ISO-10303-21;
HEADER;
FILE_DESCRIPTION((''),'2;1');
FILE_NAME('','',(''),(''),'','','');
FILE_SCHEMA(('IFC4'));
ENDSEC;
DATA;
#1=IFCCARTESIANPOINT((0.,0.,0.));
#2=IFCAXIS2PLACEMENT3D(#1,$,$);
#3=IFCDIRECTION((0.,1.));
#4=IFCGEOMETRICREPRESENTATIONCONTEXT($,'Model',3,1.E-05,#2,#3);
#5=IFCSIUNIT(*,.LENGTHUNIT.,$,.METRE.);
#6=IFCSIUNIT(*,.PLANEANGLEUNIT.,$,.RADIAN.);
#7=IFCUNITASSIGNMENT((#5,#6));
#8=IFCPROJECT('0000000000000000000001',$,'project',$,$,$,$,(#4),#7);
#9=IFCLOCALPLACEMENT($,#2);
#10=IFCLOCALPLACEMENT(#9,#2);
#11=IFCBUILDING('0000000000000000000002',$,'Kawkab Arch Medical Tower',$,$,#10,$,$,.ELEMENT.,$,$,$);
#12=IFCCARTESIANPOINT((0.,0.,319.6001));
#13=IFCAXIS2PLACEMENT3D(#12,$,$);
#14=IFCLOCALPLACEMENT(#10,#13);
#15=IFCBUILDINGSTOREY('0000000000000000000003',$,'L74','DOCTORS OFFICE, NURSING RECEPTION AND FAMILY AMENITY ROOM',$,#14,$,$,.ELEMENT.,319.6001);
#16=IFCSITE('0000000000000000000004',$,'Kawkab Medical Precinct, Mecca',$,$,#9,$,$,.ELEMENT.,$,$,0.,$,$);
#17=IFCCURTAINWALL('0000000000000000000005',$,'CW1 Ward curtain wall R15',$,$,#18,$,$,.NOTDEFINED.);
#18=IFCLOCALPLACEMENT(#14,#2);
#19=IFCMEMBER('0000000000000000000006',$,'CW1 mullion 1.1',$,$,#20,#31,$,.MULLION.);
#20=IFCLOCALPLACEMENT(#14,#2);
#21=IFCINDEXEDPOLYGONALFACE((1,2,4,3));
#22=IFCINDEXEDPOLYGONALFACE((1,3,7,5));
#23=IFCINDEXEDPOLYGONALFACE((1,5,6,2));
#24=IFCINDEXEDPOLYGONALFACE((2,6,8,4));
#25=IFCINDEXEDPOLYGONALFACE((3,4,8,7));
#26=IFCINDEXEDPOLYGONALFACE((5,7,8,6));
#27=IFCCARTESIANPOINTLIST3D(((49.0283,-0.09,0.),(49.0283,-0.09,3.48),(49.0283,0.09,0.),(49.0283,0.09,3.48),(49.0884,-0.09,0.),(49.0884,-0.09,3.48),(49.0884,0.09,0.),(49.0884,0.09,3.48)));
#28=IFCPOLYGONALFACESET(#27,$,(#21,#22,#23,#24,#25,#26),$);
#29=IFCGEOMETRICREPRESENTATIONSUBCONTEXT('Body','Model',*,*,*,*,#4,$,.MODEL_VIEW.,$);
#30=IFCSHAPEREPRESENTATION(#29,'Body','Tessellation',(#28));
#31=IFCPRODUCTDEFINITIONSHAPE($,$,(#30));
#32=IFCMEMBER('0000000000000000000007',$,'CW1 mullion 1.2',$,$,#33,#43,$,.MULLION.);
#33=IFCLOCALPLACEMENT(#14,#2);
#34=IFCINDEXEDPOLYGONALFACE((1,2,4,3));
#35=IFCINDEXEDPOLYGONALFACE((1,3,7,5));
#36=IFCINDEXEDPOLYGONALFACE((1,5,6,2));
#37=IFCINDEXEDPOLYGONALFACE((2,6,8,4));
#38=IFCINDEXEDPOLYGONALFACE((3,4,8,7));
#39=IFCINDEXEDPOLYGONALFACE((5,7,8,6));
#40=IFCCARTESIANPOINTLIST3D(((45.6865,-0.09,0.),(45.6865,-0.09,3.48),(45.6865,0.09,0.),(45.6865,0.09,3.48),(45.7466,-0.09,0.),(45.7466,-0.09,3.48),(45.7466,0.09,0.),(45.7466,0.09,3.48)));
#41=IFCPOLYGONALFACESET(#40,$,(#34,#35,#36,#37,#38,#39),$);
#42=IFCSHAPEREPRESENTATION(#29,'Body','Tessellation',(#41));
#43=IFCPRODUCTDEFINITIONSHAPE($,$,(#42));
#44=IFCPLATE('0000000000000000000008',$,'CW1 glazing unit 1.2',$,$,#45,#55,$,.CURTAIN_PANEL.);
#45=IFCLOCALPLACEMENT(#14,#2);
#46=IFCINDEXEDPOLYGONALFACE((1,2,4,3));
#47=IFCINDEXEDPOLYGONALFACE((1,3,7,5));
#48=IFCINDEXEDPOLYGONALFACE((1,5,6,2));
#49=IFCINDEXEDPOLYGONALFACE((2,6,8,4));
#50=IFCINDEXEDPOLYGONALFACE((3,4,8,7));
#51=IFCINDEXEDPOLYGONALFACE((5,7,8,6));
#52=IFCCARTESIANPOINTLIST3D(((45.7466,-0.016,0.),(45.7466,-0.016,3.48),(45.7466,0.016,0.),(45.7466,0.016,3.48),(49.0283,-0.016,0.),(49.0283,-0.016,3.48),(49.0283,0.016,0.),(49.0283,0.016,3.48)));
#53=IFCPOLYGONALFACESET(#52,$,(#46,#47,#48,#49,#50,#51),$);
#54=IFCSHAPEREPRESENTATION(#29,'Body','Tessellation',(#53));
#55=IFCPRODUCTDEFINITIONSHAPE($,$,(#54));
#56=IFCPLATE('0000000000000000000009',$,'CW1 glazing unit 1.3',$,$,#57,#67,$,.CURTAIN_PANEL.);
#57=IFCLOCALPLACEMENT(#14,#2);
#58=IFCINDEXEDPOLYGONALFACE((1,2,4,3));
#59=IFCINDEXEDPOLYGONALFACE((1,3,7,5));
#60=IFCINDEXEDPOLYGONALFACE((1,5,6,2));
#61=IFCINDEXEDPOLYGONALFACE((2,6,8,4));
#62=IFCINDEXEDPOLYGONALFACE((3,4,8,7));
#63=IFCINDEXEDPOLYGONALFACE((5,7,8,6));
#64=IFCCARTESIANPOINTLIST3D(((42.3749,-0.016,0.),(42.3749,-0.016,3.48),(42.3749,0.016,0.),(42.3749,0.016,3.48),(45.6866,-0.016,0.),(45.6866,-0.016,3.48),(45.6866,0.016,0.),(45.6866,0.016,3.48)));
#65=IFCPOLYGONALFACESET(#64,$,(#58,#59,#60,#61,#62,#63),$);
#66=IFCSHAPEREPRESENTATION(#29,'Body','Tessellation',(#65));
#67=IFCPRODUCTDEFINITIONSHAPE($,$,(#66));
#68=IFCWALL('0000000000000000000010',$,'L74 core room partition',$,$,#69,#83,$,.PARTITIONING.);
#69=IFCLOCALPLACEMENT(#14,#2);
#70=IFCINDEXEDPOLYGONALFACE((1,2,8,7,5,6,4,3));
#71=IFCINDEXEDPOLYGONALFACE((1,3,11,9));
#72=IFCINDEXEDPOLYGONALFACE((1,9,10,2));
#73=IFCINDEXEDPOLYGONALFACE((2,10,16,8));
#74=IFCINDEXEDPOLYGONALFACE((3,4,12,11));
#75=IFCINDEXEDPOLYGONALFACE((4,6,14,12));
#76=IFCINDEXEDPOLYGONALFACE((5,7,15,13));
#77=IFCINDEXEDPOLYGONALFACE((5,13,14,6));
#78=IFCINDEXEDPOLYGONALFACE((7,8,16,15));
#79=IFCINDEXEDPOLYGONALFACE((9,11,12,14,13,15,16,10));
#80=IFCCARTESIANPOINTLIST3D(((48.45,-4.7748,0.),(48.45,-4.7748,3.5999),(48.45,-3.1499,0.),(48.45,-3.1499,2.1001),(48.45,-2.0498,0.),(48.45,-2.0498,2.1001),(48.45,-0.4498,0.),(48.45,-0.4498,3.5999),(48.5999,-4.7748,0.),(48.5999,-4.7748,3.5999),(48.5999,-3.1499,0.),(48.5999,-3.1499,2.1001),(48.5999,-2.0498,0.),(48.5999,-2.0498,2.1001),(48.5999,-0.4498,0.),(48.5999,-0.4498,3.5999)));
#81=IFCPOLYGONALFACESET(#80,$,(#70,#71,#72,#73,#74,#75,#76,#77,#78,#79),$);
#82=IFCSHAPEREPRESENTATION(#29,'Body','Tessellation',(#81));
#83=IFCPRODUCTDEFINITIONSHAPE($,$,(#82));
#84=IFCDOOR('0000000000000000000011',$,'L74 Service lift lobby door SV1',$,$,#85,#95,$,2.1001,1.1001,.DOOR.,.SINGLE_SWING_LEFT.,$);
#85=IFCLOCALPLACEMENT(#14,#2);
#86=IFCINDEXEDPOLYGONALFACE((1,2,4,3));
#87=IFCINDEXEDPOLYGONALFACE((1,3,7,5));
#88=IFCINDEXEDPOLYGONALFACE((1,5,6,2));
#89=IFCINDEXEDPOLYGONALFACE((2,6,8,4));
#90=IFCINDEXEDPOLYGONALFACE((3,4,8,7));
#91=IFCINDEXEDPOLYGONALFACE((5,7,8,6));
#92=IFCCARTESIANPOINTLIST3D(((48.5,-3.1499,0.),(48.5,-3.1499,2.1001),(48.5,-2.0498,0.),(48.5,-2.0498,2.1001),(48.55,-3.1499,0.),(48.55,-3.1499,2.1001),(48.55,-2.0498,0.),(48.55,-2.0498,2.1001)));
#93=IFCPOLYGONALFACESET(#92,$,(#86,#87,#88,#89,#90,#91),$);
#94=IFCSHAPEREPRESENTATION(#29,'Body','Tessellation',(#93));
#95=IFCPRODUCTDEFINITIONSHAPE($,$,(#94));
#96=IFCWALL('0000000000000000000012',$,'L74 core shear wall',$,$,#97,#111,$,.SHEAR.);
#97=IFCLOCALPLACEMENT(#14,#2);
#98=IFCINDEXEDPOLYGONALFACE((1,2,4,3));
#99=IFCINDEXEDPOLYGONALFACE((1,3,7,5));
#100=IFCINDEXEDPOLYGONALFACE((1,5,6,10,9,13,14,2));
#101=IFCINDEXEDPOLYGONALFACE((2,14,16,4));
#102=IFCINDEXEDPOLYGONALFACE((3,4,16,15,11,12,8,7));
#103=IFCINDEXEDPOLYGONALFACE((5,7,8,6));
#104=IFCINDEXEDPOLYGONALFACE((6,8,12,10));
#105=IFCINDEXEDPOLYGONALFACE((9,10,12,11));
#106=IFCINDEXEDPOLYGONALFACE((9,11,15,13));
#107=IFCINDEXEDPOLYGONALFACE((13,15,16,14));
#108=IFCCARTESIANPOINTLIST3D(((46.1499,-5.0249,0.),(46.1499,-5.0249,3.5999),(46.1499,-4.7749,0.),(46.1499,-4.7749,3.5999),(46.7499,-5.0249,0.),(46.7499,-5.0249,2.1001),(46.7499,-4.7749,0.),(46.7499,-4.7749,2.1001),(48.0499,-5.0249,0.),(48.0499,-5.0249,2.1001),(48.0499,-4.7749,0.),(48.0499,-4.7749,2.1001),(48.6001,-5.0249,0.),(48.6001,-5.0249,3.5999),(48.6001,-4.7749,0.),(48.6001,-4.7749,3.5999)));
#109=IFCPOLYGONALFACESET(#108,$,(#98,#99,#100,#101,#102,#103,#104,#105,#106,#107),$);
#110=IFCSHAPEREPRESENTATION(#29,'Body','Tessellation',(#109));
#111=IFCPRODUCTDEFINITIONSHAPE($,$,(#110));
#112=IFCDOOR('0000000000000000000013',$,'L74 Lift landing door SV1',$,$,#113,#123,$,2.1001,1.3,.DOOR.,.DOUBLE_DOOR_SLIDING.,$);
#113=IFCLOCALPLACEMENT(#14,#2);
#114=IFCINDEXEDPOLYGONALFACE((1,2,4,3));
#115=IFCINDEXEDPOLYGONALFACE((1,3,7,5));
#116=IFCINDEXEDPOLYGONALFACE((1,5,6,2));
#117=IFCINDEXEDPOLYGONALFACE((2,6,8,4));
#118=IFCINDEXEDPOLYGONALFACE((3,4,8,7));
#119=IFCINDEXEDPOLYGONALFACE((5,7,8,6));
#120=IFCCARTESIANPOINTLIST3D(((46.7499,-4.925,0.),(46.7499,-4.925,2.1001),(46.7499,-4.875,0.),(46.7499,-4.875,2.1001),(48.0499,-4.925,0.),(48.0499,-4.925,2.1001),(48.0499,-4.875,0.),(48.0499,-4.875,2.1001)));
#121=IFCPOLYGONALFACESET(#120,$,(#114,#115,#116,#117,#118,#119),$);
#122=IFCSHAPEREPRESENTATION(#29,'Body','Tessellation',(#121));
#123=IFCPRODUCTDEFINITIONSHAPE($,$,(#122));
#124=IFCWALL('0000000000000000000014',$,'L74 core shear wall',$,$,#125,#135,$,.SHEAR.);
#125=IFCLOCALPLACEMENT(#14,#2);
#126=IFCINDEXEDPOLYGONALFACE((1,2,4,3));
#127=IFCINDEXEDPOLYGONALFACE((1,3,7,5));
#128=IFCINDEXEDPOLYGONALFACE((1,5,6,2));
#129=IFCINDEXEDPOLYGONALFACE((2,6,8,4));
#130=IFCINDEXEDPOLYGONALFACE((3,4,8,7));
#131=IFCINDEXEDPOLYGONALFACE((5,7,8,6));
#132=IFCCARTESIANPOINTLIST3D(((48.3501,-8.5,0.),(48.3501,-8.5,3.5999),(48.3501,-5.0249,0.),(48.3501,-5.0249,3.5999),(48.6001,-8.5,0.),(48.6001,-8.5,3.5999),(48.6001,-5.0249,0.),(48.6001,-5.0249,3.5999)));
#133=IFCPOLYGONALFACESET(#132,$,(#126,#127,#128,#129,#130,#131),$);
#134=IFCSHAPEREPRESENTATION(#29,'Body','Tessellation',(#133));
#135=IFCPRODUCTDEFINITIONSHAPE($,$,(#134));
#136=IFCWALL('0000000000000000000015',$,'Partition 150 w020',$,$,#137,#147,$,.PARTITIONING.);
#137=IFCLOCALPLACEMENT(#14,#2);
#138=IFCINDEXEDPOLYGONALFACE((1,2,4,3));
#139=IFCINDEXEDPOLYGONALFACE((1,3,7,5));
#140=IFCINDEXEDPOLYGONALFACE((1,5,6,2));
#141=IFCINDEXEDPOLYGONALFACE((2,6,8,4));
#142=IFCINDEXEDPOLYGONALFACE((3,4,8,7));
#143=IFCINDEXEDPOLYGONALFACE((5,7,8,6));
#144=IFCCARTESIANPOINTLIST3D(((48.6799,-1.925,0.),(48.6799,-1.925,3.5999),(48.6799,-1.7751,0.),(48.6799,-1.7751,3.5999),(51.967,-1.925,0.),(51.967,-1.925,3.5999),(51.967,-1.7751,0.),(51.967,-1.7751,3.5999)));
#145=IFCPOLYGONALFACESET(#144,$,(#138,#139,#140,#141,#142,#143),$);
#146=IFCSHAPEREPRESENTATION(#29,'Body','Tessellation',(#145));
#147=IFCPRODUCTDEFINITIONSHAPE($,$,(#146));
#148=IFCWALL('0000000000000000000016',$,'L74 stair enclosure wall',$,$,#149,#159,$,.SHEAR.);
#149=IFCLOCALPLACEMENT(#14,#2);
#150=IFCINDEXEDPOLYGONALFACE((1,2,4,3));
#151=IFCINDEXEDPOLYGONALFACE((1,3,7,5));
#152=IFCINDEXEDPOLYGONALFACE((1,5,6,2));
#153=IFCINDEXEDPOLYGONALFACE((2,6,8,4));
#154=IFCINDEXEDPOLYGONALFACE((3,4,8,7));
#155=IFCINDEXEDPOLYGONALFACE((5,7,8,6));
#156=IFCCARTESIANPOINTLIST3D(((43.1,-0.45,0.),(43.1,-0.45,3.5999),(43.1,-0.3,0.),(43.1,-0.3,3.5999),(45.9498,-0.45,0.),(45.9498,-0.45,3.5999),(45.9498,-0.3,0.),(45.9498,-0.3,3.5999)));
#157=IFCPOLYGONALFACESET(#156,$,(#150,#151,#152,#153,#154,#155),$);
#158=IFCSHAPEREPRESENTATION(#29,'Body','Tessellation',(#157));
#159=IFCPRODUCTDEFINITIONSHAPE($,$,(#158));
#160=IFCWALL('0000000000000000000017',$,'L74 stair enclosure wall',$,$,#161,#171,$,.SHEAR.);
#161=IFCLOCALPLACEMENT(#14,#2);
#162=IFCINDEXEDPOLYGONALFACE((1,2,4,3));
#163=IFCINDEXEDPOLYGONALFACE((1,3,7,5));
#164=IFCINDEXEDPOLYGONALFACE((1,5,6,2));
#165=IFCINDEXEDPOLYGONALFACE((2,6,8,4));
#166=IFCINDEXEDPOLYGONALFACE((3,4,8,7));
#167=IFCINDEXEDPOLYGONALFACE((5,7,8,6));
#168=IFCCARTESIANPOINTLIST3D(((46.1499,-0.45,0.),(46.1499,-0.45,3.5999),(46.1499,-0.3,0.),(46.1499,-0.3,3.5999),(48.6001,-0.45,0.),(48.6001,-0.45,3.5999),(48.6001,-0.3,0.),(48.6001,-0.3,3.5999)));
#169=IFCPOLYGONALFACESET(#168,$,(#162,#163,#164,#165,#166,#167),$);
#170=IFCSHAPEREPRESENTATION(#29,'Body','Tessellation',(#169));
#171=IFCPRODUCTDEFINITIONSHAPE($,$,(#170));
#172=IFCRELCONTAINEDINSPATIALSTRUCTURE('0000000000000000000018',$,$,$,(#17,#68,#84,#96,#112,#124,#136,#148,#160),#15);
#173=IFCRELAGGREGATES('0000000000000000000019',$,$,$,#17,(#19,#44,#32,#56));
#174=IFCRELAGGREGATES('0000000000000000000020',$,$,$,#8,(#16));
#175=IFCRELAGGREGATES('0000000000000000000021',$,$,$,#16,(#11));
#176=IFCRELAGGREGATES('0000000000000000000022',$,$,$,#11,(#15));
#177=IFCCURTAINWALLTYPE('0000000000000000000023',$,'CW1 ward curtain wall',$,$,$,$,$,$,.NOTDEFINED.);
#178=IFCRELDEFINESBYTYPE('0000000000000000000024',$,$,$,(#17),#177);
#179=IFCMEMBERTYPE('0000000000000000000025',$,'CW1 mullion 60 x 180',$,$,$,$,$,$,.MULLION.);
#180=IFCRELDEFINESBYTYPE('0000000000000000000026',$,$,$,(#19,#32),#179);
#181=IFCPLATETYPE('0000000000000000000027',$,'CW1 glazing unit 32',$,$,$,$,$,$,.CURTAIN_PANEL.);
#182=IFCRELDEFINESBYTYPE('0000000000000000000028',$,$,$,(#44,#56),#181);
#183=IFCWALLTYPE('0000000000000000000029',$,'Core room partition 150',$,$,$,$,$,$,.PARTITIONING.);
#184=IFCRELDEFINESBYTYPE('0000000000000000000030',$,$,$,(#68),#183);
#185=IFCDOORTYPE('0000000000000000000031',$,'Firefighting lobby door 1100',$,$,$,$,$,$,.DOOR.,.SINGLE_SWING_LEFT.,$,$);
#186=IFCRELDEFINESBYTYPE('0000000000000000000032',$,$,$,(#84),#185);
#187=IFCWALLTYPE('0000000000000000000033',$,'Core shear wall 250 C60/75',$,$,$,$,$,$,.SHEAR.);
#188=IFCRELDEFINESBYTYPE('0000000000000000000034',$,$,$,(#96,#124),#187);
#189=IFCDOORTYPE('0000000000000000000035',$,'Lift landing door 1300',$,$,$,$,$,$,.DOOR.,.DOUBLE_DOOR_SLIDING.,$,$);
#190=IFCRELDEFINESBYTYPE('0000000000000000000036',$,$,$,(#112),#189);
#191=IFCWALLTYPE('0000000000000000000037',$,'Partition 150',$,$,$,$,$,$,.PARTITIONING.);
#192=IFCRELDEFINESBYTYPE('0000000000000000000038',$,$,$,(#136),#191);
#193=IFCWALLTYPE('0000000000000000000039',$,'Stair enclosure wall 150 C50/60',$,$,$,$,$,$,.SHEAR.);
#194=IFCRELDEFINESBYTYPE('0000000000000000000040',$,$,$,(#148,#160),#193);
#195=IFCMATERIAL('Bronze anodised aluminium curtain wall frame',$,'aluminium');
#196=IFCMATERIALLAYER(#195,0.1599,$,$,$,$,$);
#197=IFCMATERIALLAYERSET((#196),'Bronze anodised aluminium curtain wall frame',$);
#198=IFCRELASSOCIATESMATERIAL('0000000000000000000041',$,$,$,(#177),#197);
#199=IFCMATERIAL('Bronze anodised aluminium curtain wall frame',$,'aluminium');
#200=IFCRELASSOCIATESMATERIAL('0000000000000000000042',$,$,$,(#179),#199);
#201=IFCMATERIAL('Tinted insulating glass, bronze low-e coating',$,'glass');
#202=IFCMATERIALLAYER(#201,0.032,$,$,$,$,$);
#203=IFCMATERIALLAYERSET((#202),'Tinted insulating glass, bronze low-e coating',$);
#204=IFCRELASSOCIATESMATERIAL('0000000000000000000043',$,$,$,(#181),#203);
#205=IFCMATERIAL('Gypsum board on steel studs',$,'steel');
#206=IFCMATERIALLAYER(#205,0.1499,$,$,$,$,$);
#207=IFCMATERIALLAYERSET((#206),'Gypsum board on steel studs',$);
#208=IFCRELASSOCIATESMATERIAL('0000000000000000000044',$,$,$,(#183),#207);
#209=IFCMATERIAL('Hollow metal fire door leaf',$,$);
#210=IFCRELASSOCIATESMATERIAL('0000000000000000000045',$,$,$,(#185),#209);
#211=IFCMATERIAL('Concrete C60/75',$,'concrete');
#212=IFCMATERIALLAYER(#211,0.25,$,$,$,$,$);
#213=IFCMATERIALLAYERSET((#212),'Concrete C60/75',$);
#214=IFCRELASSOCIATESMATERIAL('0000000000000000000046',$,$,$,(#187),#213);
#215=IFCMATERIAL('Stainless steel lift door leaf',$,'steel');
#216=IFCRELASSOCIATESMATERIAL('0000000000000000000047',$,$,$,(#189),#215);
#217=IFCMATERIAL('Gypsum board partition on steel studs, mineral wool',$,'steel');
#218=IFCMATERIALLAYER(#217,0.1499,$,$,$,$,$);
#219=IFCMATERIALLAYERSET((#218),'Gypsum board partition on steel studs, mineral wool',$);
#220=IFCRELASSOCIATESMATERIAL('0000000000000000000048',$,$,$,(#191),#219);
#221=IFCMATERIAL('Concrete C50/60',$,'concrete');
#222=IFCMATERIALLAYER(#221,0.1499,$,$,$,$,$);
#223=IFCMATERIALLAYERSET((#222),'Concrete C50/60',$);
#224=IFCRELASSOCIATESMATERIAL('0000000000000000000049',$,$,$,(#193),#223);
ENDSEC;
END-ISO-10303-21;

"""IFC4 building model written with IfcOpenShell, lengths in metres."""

from ifc_helpers import new_model, si_unit, direction, frame, frame_2d, origin, origin_2d, place, context, subcontext, project, spatial, rectangle, extrude, material, layer, layer_set, material_profile, profile_set, type_object, element, fill, aggregate, save


model = new_model("IFC4")

# Units and contexts
model_context = context("Model", 3, precision=1e-05, world=origin(), true_north=direction((0.0, 1.0)))
body_context = subcontext(model_context, "Body", "Model", "MODEL_VIEW")
ifc_project = project(units=[si_unit("LENGTHUNIT", "METRE"), si_unit("PLANEANGLEUNIT", "RADIAN")], contexts=[model_context])

# Site, building, storey
site_placement = place(None, origin())
site = spatial("IfcSite", under=ifc_project, at=site_placement, Name="Kawkab Medical Precinct, Mecca", CompositionType="ELEMENT", RefElevation=0.0)
building_placement = place(site_placement, origin())
building = spatial("IfcBuilding", under=site, at=building_placement, Name="Kawkab Arch Medical Tower", CompositionType="ELEMENT")
storey_placement = place(building_placement, frame((0.0, 0.0, 319.6001)))
storey = spatial("IfcBuildingStorey", under=building, at=storey_placement, Name="L74", Description="DOCTORS OFFICE, NURSING RECEPTION AND FAMILY AMENITY ROOM", CompositionType="ELEMENT", Elevation=319.6001)

# Curtain wall, members, plates
ifc_material_1 = material(Name="Bronze anodised aluminium curtain wall frame", Category="aluminium")
ifc_layer_1 = layer(ifc_material_1, 0.1599)
ifc_layer_set_1 = layer_set([ifc_layer_1], Name="Bronze anodised aluminium curtain wall frame")
curtain_wall_type = type_object("IfcCurtainWallType", Name="CW1 ward curtain wall", PredefinedType="NOTDEFINED", material=ifc_layer_set_1)
placement = place(storey_placement, origin())
curtain_wall = element("IfcCurtainWall", 1, at=placement, inside=storey, type_object=curtain_wall_type, Name="CW1 Ward curtain wall R15", PredefinedType="NOTDEFINED")
ifc_material_2 = material(Name="Bronze anodised aluminium curtain wall frame", Category="aluminium")
ifc_material_profile_1 = material_profile(ifc_material_2, rectangle(XDim=0.1799, YDim=0.0601, at=origin_2d()), Name="AL 60x180")
ifc_profile_set_1 = profile_set([ifc_material_profile_1], Name="Bronze anodised aluminium curtain wall frame")
member_type = type_object("IfcMemberType", Name="CW1 mullion 60 x 180", PredefinedType="MULLION", material=ifc_profile_set_1)
member_1_placement = place(storey_placement, frame((49.0583, 0.0, 0.0), z_axis=(0.0, 0.0, 1.0), x_axis=(0.0, -1.0, 0.0)))
member_1 = element("IfcMember", 2, at=member_1_placement, type_object=member_type, Name="CW1 mullion 1.1", PredefinedType="MULLION", context=body_context, shape_type="SweptSolid", body=[
    extrude(rectangle(XDim=0.1799, YDim=0.0601, at=origin_2d()), origin(), (0.0, 0.0, 1.0), 3.48),
])
member_2_placement = place(storey_placement, frame((45.7166, 0.0, 0.0), z_axis=(0.0, 0.0, 1.0), x_axis=(0.0, -1.0, 0.0)))
member_2 = element("IfcMember", 3, at=member_2_placement, type_object=member_type, Name="CW1 mullion 1.2", PredefinedType="MULLION", context=body_context, shape_type="SweptSolid", body=[
    extrude(rectangle(XDim=0.1799, YDim=0.0601, at=origin_2d()), origin(), (0.0, 0.0, 1.0), 3.48),
])
ifc_material_3 = material(Name="Tinted insulating glass, bronze low-e coating", Category="glass")
ifc_layer_2 = layer(ifc_material_3, 0.032)
ifc_layer_set_2 = layer_set([ifc_layer_2], Name="Tinted insulating glass, bronze low-e coating")
plate_type = type_object("IfcPlateType", Name="CW1 glazing unit 32", PredefinedType="CURTAIN_PANEL", material=ifc_layer_set_2)
plate_1_placement = place(storey_placement, frame((47.3875, 0.0, 0.0), z_axis=(0.0, 0.0, 1.0), x_axis=(-1.0, 0.0, 0.0)))
plate_1 = element("IfcPlate", 4, at=plate_1_placement, type_object=plate_type, Name="CW1 glazing unit 1.2", PredefinedType="CURTAIN_PANEL", context=body_context, shape_type="SweptSolid", body=[
    extrude(rectangle(XDim=3.2817, YDim=0.032, at=origin_2d()), origin(), (0.0, 0.0, 1.0), 3.48),
])
plate_2_placement = place(storey_placement, frame((44.0308, 0.0, 0.0), z_axis=(0.0, 0.0, 1.0), x_axis=(-1.0, 0.0, 0.0)))
plate_2 = element("IfcPlate", 5, at=plate_2_placement, type_object=plate_type, Name="CW1 glazing unit 1.3", PredefinedType="CURTAIN_PANEL", context=body_context, shape_type="SweptSolid", body=[
    extrude(rectangle(XDim=3.3118, YDim=0.032, at=origin_2d()), origin(), (0.0, 0.0, 1.0), 3.48),
])
aggregate(curtain_wall, [member_1, plate_1, member_2, plate_2])

# Walls, openings, doors
ifc_material_4 = material(Name="Gypsum board on steel studs", Category="steel")
ifc_layer_3 = layer(ifc_material_4, 0.1499)
ifc_layer_set_3 = layer_set([ifc_layer_3], Name="Gypsum board on steel studs")
wall_type_1 = type_object("IfcWallType", Name="Core room partition 150", PredefinedType="PARTITIONING", material=ifc_layer_set_3)
wall_1_placement = place(storey_placement, frame((48.5249, -4.7749, 0.0), z_axis=(0.0, 0.0, 1.0), x_axis=(0.0, 1.0, 0.0)))
wall_1 = element("IfcWall", 6, at=wall_1_placement, inside=storey, type_object=wall_type_1, Name="L74 core room partition", PredefinedType="PARTITIONING", context=body_context, shape_type="SweptSolid", body=[
    extrude(rectangle(XDim=4.325, YDim=0.1499, at=frame_2d((2.1626, 0.0))), origin(), (0.0, 0.0, 1.0), 3.5999),
])
opening_1_placement = place(wall_1_placement, frame((1.625, 0.0, 0.0)))
opening_1 = element("IfcOpeningElement", 7, at=opening_1_placement, cuts=wall_1, PredefinedType="OPENING", context=body_context, shape_type="SweptSolid", body=[
    extrude(rectangle(XDim=1.1001, YDim=2.1001, at=frame_2d((0.55, 1.05))), frame((0.0, 0.085, 0.0), z_axis=(0.0, -1.0, 0.0), x_axis=(1.0, 0.0, 0.0)), (0.0, 0.0, 1.0), 0.1699),
])
ifc_material_5 = material(Name="Hollow metal fire door leaf")
door_type_1 = type_object("IfcDoorType", Name="Firefighting lobby door 1100", OperationType="SINGLE_SWING_LEFT", PredefinedType="DOOR", material=ifc_material_5)
door_1_placement = place(opening_1_placement, origin())
door_1 = element("IfcDoor", 8, at=door_1_placement, inside=storey, type_object=door_type_1, Name="L74 Service lift lobby door SV1", OperationType="SINGLE_SWING_LEFT", OverallHeight=2.1001, OverallWidth=1.1001, PredefinedType="DOOR", context=body_context, shape_type="SweptSolid", body=[
    extrude(rectangle(XDim=1.1001, YDim=2.1001, at=frame_2d((0.55, 1.05))), frame((0.0, 0.0249, 0.0), z_axis=(0.0, -1.0, 0.0), x_axis=(1.0, 0.0, 0.0)), (0.0, 0.0, 1.0), 0.05),
])
fill(opening_1, door_1)
ifc_material_6 = material(Name="Concrete C60/75", Category="concrete")
ifc_layer_4 = layer(ifc_material_6, 0.25)
ifc_layer_set_4 = layer_set([ifc_layer_4], Name="Concrete C60/75")
wall_type_2 = type_object("IfcWallType", Name="Core shear wall 250 C60/75", PredefinedType="SHEAR", material=ifc_layer_set_4)
wall_2_placement = place(storey_placement, frame((46.1499, -4.8999, 0.0), z_axis=(0.0, 0.0, 1.0), x_axis=(1.0, 0.0, 0.0)))
wall_2 = element("IfcWall", 9, at=wall_2_placement, inside=storey, type_object=wall_type_2, Name="L74 core shear wall", PredefinedType="SHEAR", context=body_context, shape_type="SweptSolid", body=[
    extrude(rectangle(XDim=2.4502, YDim=0.25, at=frame_2d((1.2251, 0.0))), origin(), (0.0, 0.0, 1.0), 3.5999),
])
opening_2_placement = place(wall_2_placement, frame((0.6001, 0.0, 0.0)))
opening_2 = element("IfcOpeningElement", 10, at=opening_2_placement, cuts=wall_2, PredefinedType="OPENING", context=body_context, shape_type="SweptSolid", body=[
    extrude(rectangle(XDim=1.3, YDim=2.1001, at=frame_2d((0.6499, 1.05))), frame((0.0, 0.135, 0.0), z_axis=(0.0, -1.0, 0.0), x_axis=(1.0, 0.0, 0.0)), (0.0, 0.0, 1.0), 0.27),
])
ifc_material_7 = material(Name="Stainless steel lift door leaf", Category="steel")
door_type_2 = type_object("IfcDoorType", Name="Lift landing door 1300", OperationType="DOUBLE_DOOR_SLIDING", PredefinedType="DOOR", material=ifc_material_7)
door_2_placement = place(opening_2_placement, origin())
door_2 = element("IfcDoor", 11, at=door_2_placement, inside=storey, type_object=door_type_2, Name="L74 Lift landing door SV1", OperationType="DOUBLE_DOOR_SLIDING", OverallHeight=2.1001, OverallWidth=1.3, PredefinedType="DOOR", context=body_context, shape_type="SweptSolid", body=[
    extrude(rectangle(XDim=1.3, YDim=2.1001, at=frame_2d((0.6499, 1.05))), frame((0.0, 0.0249, 0.0), z_axis=(0.0, -1.0, 0.0), x_axis=(1.0, 0.0, 0.0)), (0.0, 0.0, 1.0), 0.05),
])
fill(opening_2, door_2)

# Walls
wall_3_placement = place(storey_placement, frame((48.4751, -8.5, 0.0), z_axis=(0.0, 0.0, 1.0), x_axis=(0.0, 1.0, 0.0)))
element("IfcWall", 12, at=wall_3_placement, inside=storey, type_object=wall_type_2, Name="L74 core shear wall", PredefinedType="SHEAR", context=body_context, shape_type="SweptSolid", body=[
    extrude(rectangle(XDim=3.4751, YDim=0.25, at=frame_2d((1.7375, 0.0))), origin(), (0.0, 0.0, 1.0), 3.5999),
])
ifc_material_8 = material(Name="Gypsum board partition on steel studs, mineral wool", Category="steel")
ifc_layer_5 = layer(ifc_material_8, 0.1499)
ifc_layer_set_5 = layer_set([ifc_layer_5], Name="Gypsum board partition on steel studs, mineral wool")
wall_type_3 = type_object("IfcWallType", Name="Partition 150", PredefinedType="PARTITIONING", material=ifc_layer_set_5)
wall_4_placement = place(storey_placement, frame((48.6799, -1.8501, 0.0), z_axis=(0.0, 0.0, 1.0), x_axis=(1.0, 0.0, 0.0)))
element("IfcWall", 13, at=wall_4_placement, inside=storey, type_object=wall_type_3, Name="Partition 150 w020", PredefinedType="PARTITIONING", context=body_context, shape_type="SweptSolid", body=[
    extrude(rectangle(XDim=3.2871, YDim=0.1499, at=frame_2d((1.6436, 0.0))), origin(), (0.0, 0.0, 1.0), 3.5999),
])
ifc_material_9 = material(Name="Concrete C50/60", Category="concrete")
ifc_layer_6 = layer(ifc_material_9, 0.1499)
ifc_layer_set_6 = layer_set([ifc_layer_6], Name="Concrete C50/60")
wall_type_4 = type_object("IfcWallType", Name="Stair enclosure wall 150 C50/60", PredefinedType="SHEAR", material=ifc_layer_set_6)
wall_5_placement = place(storey_placement, frame((43.1001, -0.375, 0.0), z_axis=(0.0, 0.0, 1.0), x_axis=(1.0, 0.0, 0.0)))
element("IfcWall", 14, at=wall_5_placement, inside=storey, type_object=wall_type_4, Name="L74 stair enclosure wall", PredefinedType="SHEAR", context=body_context, shape_type="SweptSolid", body=[
    extrude(rectangle(XDim=2.8499, YDim=0.1499, at=frame_2d((1.4248, 0.0))), origin(), (0.0, 0.0, 1.0), 3.5999),
])
wall_6_placement = place(storey_placement, frame((46.1499, -0.375, 0.0), z_axis=(0.0, 0.0, 1.0), x_axis=(1.0, 0.0, 0.0)))
element("IfcWall", 15, at=wall_6_placement, inside=storey, type_object=wall_type_4, Name="L74 stair enclosure wall", PredefinedType="SHEAR", context=body_context, shape_type="SweptSolid", body=[
    extrude(rectangle(XDim=2.4502, YDim=0.1499, at=frame_2d((1.2251, 0.0))), origin(), (0.0, 0.0, 1.0), 3.5999),
])

save(model, "model.ifc")
